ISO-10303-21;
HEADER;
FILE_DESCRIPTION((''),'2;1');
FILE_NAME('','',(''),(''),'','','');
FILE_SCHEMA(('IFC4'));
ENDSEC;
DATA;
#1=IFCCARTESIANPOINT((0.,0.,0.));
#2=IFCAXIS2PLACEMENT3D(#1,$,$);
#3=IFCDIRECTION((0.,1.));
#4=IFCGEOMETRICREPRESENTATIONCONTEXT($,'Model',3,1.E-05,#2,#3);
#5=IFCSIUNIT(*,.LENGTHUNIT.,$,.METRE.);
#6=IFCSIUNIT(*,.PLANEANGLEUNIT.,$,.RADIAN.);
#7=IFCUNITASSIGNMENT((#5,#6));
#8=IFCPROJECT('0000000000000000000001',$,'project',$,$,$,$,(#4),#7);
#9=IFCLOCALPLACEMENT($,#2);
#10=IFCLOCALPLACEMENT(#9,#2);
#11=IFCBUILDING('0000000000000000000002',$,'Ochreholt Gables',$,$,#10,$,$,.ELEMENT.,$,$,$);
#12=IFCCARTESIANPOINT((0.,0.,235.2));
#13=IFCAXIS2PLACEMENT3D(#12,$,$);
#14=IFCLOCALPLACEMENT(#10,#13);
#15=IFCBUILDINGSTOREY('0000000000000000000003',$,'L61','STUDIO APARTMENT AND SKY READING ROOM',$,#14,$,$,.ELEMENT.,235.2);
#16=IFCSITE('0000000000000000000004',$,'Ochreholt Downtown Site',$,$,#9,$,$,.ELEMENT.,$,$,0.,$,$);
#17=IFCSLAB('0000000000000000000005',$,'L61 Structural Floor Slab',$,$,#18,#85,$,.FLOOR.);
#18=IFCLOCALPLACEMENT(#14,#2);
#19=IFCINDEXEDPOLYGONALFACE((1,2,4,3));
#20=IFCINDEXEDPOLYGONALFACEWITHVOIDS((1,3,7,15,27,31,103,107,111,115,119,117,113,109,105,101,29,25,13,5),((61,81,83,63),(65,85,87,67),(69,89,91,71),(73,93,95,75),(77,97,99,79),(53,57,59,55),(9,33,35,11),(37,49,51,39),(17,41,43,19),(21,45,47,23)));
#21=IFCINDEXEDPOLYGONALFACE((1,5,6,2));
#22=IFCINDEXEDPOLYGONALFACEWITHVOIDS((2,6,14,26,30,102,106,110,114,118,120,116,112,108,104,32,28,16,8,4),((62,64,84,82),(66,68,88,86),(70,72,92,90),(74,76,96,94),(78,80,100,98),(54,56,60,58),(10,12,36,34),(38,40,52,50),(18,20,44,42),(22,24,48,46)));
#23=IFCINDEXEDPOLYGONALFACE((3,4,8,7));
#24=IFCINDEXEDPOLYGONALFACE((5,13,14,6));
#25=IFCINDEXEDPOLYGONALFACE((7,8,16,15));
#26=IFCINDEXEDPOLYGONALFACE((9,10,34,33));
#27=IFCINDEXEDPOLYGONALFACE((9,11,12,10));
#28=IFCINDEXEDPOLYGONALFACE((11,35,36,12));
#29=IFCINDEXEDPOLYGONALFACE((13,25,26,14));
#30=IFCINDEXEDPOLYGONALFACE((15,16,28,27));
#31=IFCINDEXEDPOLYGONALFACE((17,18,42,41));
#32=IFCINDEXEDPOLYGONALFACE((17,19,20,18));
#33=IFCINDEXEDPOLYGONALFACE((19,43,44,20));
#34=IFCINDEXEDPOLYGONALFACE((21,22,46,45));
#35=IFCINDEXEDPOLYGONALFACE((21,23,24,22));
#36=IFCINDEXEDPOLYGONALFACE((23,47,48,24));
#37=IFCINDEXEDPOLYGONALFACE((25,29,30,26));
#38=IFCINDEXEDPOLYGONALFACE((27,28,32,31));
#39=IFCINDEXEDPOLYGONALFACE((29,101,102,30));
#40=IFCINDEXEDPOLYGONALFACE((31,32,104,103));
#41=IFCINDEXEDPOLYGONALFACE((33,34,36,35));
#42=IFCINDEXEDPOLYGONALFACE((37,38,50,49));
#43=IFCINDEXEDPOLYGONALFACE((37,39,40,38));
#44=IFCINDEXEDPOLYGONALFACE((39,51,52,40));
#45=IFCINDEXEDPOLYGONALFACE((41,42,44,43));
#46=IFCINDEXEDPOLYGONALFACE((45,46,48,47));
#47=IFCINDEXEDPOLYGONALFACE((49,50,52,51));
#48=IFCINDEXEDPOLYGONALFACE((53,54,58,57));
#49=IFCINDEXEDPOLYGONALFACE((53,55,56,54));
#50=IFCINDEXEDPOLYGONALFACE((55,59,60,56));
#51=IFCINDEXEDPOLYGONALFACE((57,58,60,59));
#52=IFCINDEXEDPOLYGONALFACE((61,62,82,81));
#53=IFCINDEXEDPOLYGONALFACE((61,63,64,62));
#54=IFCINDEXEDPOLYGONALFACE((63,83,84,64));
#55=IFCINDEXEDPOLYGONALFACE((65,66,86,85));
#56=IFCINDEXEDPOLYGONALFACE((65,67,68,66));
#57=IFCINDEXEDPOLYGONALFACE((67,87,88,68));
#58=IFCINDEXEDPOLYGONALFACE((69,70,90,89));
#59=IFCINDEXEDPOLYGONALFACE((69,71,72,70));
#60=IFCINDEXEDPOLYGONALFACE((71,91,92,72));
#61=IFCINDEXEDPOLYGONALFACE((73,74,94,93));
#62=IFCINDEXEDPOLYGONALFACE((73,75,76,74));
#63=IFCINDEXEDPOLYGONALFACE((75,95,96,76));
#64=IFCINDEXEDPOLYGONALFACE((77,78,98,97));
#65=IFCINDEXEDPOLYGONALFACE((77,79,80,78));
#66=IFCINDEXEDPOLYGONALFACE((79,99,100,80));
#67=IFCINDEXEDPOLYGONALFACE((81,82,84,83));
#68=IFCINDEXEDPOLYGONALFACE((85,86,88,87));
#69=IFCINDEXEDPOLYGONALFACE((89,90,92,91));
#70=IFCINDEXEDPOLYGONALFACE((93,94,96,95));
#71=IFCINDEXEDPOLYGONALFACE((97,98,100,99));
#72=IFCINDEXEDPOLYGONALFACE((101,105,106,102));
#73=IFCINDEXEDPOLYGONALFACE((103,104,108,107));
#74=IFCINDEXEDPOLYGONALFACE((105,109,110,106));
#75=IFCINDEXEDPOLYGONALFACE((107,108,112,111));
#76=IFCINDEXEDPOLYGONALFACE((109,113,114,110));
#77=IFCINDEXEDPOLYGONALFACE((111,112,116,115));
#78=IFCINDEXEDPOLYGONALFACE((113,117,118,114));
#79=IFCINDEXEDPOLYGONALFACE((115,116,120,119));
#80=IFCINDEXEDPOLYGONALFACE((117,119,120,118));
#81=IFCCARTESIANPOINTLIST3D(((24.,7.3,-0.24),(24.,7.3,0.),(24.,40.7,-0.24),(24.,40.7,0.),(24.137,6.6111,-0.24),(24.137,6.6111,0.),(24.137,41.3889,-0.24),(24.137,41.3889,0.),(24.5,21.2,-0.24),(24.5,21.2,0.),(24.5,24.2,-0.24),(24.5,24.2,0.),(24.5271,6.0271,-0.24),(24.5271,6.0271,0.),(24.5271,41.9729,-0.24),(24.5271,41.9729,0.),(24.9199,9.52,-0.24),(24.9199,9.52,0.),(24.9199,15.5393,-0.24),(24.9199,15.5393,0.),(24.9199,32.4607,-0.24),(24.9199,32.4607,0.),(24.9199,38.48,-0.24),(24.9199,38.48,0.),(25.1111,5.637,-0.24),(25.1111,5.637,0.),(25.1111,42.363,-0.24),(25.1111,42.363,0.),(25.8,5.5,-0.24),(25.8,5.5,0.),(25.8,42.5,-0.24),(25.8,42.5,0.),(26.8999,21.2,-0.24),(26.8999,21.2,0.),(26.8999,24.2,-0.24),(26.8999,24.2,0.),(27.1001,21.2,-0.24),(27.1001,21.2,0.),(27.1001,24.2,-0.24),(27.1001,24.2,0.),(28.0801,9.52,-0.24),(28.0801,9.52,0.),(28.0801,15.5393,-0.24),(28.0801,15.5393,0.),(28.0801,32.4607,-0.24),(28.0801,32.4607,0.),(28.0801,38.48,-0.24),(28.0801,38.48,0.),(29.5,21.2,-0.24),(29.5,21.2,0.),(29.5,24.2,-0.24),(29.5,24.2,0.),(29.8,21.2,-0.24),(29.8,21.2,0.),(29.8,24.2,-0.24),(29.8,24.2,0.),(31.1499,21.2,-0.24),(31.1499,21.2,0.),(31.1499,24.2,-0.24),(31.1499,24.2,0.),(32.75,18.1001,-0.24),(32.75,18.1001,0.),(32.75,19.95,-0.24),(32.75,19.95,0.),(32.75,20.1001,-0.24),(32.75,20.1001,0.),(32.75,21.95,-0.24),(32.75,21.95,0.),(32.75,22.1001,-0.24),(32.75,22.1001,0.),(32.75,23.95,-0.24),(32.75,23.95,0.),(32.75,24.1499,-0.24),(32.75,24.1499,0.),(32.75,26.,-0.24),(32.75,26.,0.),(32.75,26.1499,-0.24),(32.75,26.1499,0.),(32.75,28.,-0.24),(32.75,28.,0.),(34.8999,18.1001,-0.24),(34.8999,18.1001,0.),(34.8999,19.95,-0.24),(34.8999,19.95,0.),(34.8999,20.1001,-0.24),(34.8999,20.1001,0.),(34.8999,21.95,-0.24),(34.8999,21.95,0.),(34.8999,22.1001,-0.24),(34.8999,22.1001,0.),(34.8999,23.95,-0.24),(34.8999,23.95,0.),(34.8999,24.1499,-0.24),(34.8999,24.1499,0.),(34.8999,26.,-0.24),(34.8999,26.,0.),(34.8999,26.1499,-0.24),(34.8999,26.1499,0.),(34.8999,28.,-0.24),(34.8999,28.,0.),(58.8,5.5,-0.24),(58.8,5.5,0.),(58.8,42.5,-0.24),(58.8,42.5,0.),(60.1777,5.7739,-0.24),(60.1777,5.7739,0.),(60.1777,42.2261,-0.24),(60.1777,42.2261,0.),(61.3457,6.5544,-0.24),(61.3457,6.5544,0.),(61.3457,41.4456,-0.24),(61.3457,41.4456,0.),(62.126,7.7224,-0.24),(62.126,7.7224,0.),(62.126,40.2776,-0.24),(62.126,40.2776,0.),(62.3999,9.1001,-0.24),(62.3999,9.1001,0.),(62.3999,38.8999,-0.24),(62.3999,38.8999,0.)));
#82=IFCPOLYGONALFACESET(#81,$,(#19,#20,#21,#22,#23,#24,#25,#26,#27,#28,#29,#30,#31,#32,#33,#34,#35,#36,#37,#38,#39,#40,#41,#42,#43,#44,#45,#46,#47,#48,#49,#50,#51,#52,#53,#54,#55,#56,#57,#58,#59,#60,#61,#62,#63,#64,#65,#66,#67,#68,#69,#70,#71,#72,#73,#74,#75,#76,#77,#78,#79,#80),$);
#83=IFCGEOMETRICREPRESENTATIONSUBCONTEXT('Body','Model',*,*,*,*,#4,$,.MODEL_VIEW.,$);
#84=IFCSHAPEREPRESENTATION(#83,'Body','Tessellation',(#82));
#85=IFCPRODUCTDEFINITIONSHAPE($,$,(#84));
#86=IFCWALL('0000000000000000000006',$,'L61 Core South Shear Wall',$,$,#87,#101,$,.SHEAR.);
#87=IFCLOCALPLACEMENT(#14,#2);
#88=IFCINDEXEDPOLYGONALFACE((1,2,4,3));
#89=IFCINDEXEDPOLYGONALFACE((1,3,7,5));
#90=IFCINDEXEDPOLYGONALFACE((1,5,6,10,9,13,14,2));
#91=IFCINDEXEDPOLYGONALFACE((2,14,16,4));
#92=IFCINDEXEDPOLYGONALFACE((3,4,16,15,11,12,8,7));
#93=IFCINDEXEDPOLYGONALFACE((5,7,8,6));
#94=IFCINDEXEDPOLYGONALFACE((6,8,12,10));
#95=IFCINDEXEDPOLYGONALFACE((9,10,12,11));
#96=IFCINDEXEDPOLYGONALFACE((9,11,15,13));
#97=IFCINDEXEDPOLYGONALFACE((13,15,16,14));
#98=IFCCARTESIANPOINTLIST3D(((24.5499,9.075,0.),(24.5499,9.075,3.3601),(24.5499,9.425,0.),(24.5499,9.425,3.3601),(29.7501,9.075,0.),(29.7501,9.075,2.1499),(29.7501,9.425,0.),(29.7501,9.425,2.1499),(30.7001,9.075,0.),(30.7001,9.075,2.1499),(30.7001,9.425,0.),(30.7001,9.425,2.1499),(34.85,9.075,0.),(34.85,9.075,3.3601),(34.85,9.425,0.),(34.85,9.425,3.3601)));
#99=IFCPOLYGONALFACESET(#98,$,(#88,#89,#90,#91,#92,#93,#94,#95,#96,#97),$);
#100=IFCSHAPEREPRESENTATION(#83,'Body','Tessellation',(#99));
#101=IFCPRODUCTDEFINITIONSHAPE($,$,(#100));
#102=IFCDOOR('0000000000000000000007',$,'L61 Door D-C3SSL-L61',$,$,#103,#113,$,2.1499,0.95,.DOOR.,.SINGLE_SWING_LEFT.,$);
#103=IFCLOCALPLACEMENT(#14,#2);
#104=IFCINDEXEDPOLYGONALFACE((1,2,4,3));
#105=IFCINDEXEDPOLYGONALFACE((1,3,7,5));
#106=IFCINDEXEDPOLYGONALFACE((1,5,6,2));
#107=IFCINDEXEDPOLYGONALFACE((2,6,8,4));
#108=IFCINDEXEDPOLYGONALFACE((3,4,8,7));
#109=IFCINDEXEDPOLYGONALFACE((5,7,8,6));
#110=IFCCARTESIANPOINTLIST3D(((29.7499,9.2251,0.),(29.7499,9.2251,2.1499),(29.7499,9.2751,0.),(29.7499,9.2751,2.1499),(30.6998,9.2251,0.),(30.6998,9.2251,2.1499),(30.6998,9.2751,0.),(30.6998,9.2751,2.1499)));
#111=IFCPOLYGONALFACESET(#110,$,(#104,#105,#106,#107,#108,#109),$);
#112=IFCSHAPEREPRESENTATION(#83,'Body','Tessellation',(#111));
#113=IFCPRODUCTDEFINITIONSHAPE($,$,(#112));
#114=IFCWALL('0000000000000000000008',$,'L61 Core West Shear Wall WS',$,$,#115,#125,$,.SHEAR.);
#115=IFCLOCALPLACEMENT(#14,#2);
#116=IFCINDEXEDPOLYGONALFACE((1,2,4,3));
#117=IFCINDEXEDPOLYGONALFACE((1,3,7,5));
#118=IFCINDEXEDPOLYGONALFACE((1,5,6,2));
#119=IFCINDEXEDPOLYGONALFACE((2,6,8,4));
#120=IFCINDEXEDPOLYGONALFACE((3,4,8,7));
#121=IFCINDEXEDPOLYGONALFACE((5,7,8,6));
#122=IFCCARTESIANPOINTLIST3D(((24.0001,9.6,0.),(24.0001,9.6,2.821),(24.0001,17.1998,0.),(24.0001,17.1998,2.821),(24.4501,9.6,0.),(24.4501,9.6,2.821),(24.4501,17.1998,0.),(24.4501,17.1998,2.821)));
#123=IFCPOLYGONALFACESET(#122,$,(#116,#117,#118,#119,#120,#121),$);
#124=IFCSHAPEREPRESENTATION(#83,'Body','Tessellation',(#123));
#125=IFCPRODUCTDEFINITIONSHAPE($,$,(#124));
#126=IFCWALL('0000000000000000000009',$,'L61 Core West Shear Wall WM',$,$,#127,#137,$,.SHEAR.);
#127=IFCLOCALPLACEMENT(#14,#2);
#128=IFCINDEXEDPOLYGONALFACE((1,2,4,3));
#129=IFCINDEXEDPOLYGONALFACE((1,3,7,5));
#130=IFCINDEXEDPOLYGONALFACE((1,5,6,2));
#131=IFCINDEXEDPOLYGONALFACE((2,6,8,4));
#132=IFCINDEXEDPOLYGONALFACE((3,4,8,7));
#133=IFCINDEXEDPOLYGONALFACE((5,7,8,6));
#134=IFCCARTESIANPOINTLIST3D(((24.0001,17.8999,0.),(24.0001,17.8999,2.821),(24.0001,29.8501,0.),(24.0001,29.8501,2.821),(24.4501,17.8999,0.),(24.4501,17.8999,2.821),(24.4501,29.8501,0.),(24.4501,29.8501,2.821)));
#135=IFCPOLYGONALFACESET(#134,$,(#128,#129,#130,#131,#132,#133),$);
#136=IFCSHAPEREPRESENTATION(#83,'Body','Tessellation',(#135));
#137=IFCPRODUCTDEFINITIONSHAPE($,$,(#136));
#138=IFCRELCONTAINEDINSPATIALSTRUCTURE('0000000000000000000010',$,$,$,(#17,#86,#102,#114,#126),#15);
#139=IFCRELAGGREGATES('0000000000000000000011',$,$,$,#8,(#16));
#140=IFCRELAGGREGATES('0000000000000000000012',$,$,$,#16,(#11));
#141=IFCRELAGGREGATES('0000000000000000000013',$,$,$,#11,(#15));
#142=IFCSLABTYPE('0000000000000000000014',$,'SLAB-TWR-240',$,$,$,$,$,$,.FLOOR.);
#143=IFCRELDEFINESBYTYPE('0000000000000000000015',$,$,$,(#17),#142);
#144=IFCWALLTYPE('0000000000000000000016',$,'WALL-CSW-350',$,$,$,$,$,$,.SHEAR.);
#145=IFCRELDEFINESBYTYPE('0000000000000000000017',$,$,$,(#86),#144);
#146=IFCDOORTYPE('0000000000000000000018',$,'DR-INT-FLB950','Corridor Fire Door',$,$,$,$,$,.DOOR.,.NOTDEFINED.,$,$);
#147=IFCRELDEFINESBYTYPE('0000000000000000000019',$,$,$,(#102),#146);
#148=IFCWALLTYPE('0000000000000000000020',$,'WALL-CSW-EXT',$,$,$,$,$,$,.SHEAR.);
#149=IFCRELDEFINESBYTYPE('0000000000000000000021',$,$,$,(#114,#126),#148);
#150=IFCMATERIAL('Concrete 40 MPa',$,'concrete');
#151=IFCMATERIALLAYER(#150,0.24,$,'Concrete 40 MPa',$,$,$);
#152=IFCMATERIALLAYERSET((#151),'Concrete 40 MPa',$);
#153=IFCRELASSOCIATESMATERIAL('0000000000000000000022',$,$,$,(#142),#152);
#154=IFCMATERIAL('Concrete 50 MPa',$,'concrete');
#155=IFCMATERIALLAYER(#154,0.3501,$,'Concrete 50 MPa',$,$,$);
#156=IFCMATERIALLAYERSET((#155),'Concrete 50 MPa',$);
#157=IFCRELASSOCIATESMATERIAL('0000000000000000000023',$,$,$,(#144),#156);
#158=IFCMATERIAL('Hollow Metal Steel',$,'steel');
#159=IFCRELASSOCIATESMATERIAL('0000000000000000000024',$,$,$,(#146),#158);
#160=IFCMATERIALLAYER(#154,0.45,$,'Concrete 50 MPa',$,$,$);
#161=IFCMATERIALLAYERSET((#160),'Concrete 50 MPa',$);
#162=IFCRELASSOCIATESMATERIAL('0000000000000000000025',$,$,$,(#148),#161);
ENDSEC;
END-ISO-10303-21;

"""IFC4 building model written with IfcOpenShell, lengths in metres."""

from ifc_helpers import new_model, si_unit, direction, frame, frame_2d, origin, place, context, subcontext, project, spatial, polyline, rectangle, outline, extrude, material, layer, layer_set, type_object, element, fill, save


model = new_model("IFC4")

# Units and contexts
model_context = context("Model", 3, precision=1e-05, world=origin(), true_north=direction((0.0, 1.0)))
body_context = subcontext(model_context, "Body", "Model", "MODEL_VIEW")
ifc_project = project(units=[si_unit("LENGTHUNIT", "METRE"), si_unit("PLANEANGLEUNIT", "RADIAN")], contexts=[model_context])

# Site, building, storey
site_placement = place(None, origin())
site = spatial("IfcSite", under=ifc_project, at=site_placement, Name="Ochreholt Downtown Site", CompositionType="ELEMENT", RefElevation=0.0)
building_placement = place(site_placement, origin())
building = spatial("IfcBuilding", under=site, at=building_placement, Name="Ochreholt Gables", CompositionType="ELEMENT")
storey_placement = place(building_placement, frame((0.0, 0.0, 235.2)))
storey = spatial("IfcBuildingStorey", under=building, at=storey_placement, Name="L61", Description="STUDIO APARTMENT AND SKY READING ROOM", CompositionType="ELEMENT", Elevation=235.2)

# Shared definitions
ifc_material_1 = material(Name="Concrete 50 MPa", Category="concrete")

# Shared definitions
ifc_material_2 = material(Name="Concrete 40 MPa", Category="concrete")

# Slab
ifc_layer_1 = layer(ifc_material_2, 0.24, Name="Concrete 40 MPa")
ifc_layer_set_1 = layer_set([ifc_layer_1], Name="Concrete 40 MPa")
slab_type_1 = type_object("IfcSlabType", Name="SLAB-TWR-240", PredefinedType="FLOOR", material=ifc_layer_set_1)
slab_1_placement = place(storey_placement, frame((0.0, 0.0, -0.24)))
element("IfcSlab", 1, at=slab_1_placement, inside=storey, type_object=slab_type_1, Name="L61 Structural Floor Slab", PredefinedType="FLOOR", context=body_context, shape_type="SweptSolid", body=[
    extrude(outline(polyline([(24.0, 7.3), (24.137, 6.6111), (24.5271, 6.0271), (25.1111, 5.637), (25.8, 5.5), (58.8, 5.5), (60.1777, 5.7739), (61.3457, 6.5544), (62.126, 7.7224), (62.3999, 9.1001), (62.3999, 38.8999), (62.126, 40.2776), (61.3457, 41.4456), (60.1777, 42.2261), (58.8, 42.5), (25.8, 42.5), (25.1111, 42.363), (24.5271, 41.9729), (24.137, 41.3889), (24.0, 40.7), (24.0, 7.3)]), holes=[polyline([(24.9199, 15.5393), (24.9199, 9.52), (28.0801, 9.52), (28.0801, 15.5393), (24.9199, 15.5393)]), polyline([(28.0801, 32.4607), (28.0801, 38.48), (24.9199, 38.48), (24.9199, 32.4607), (28.0801, 32.4607)]), polyline([(24.5, 21.2), (26.8999, 21.2), (26.8999, 24.2), (24.5, 24.2), (24.5, 21.2)]), polyline([(27.1001, 21.2), (29.5, 21.2), (29.5, 24.2), (27.1001, 24.2), (27.1001, 21.2)]), polyline([(32.75, 18.1001), (34.8999, 18.1001), (34.8999, 19.95), (32.75, 19.95), (32.75, 18.1001)]), polyline([(32.75, 20.1001), (34.8999, 20.1001), (34.8999, 21.95), (32.75, 21.95), (32.75, 20.1001)]), polyline([(32.75, 22.1001), (34.8999, 22.1001), (34.8999, 23.95), (32.75, 23.95), (32.75, 22.1001)]), polyline([(32.75, 24.1499), (34.8999, 24.1499), (34.8999, 26.0), (32.75, 26.0), (32.75, 24.1499)]), polyline([(32.75, 26.1499), (34.8999, 26.1499), (34.8999, 28.0), (32.75, 28.0), (32.75, 26.1499)]), polyline([(29.8, 21.2), (31.1499, 21.2), (31.1499, 24.2), (29.8, 24.2), (29.8, 21.2)])]), origin(), (0.0, 0.0, 1.0), 0.24),
])

# Wall, opening, door
ifc_layer_2 = layer(ifc_material_1, 0.3501, Name="Concrete 50 MPa")
ifc_layer_set_2 = layer_set([ifc_layer_2], Name="Concrete 50 MPa")
wall_type_1 = type_object("IfcWallType", Name="WALL-CSW-350", PredefinedType="SHEAR", material=ifc_layer_set_2)
wall_1_placement = place(storey_placement, frame((24.55, 9.25, 0.0), z_axis=(0.0, 0.0, 1.0), x_axis=(1.0, 0.0, 0.0)))
wall_1 = element("IfcWall", 2, at=wall_1_placement, inside=storey, type_object=wall_type_1, Name="L61 Core South Shear Wall", PredefinedType="SHEAR", context=body_context, shape_type="SweptSolid", body=[
    extrude(rectangle(XDim=10.3, YDim=0.3501, at=frame_2d((5.1499, 0.0))), origin(), (0.0, 0.0, 1.0), 3.3601),
])
opening_1_placement = place(wall_1_placement, frame((5.2, 0.0, 0.0)))
opening_1 = element("IfcOpeningElement", 3, at=opening_1_placement, cuts=wall_1, PredefinedType="OPENING", context=body_context, shape_type="SweptSolid", body=[
    extrude(rectangle(XDim=0.95, YDim=2.1499, at=frame_2d((0.4751, 1.075))), frame((0.0, 0.1851, 0.0), z_axis=(0.0, -1.0, 0.0), x_axis=(1.0, 0.0, 0.0)), (0.0, 0.0, 1.0), 0.3701),
])
ifc_material_3 = material(Name="Hollow Metal Steel", Category="steel")
door_type_1 = type_object("IfcDoorType", Name="DR-INT-FLB950", Description="Corridor Fire Door", OperationType="NOTDEFINED", PredefinedType="DOOR", material=ifc_material_3)
door_1_placement = place(opening_1_placement, frame((0.95, 0.0, 0.0), z_axis=(0.0, 0.0, 1.0), x_axis=(-1.0, 0.0, 0.0)))
door_1 = element("IfcDoor", 4, at=door_1_placement, inside=storey, type_object=door_type_1, Name="L61 Door D-C3SSL-L61", OperationType="SINGLE_SWING_LEFT", OverallHeight=2.1499, OverallWidth=0.95, PredefinedType="DOOR", context=body_context, shape_type="SweptSolid", body=[
    extrude(rectangle(XDim=0.95, YDim=2.1499, at=frame_2d((0.4751, 1.075))), frame((0.0, 0.0249, 0.0), z_axis=(0.0, -1.0, 0.0), x_axis=(1.0, 0.0, 0.0)), (0.0, 0.0, 1.0), 0.05),
])
fill(opening_1, door_1)

# Walls
ifc_layer_3 = layer(ifc_material_1, 0.45, Name="Concrete 50 MPa")
ifc_layer_set_3 = layer_set([ifc_layer_3], Name="Concrete 50 MPa")
wall_type_2 = type_object("IfcWallType", Name="WALL-CSW-EXT", PredefinedType="SHEAR", material=ifc_layer_set_3)
wall_2_placement = place(storey_placement, frame((24.2251, 9.6001, 0.0), z_axis=(0.0, 0.0, 1.0), x_axis=(0.0, 1.0, 0.0)))
element("IfcWall", 5, at=wall_2_placement, inside=storey, type_object=wall_type_2, Name="L61 Core West Shear Wall WS", PredefinedType="SHEAR", context=body_context, shape_type="SweptSolid", body=[
    extrude(rectangle(XDim=7.5999, YDim=0.45, at=frame_2d((3.7998, 0.0))), origin(), (0.0, 0.0, 1.0), 2.821),
])
wall_3_placement = place(storey_placement, frame((24.2251, 17.8999, 0.0), z_axis=(0.0, 0.0, 1.0), x_axis=(0.0, 1.0, 0.0)))
element("IfcWall", 6, at=wall_3_placement, inside=storey, type_object=wall_type_2, Name="L61 Core West Shear Wall WM", PredefinedType="SHEAR", context=body_context, shape_type="SweptSolid", body=[
    extrude(rectangle(XDim=11.9502, YDim=0.45, at=frame_2d((5.9751, 0.0))), origin(), (0.0, 0.0, 1.0), 2.821),
])

save(model, "model.ifc")
